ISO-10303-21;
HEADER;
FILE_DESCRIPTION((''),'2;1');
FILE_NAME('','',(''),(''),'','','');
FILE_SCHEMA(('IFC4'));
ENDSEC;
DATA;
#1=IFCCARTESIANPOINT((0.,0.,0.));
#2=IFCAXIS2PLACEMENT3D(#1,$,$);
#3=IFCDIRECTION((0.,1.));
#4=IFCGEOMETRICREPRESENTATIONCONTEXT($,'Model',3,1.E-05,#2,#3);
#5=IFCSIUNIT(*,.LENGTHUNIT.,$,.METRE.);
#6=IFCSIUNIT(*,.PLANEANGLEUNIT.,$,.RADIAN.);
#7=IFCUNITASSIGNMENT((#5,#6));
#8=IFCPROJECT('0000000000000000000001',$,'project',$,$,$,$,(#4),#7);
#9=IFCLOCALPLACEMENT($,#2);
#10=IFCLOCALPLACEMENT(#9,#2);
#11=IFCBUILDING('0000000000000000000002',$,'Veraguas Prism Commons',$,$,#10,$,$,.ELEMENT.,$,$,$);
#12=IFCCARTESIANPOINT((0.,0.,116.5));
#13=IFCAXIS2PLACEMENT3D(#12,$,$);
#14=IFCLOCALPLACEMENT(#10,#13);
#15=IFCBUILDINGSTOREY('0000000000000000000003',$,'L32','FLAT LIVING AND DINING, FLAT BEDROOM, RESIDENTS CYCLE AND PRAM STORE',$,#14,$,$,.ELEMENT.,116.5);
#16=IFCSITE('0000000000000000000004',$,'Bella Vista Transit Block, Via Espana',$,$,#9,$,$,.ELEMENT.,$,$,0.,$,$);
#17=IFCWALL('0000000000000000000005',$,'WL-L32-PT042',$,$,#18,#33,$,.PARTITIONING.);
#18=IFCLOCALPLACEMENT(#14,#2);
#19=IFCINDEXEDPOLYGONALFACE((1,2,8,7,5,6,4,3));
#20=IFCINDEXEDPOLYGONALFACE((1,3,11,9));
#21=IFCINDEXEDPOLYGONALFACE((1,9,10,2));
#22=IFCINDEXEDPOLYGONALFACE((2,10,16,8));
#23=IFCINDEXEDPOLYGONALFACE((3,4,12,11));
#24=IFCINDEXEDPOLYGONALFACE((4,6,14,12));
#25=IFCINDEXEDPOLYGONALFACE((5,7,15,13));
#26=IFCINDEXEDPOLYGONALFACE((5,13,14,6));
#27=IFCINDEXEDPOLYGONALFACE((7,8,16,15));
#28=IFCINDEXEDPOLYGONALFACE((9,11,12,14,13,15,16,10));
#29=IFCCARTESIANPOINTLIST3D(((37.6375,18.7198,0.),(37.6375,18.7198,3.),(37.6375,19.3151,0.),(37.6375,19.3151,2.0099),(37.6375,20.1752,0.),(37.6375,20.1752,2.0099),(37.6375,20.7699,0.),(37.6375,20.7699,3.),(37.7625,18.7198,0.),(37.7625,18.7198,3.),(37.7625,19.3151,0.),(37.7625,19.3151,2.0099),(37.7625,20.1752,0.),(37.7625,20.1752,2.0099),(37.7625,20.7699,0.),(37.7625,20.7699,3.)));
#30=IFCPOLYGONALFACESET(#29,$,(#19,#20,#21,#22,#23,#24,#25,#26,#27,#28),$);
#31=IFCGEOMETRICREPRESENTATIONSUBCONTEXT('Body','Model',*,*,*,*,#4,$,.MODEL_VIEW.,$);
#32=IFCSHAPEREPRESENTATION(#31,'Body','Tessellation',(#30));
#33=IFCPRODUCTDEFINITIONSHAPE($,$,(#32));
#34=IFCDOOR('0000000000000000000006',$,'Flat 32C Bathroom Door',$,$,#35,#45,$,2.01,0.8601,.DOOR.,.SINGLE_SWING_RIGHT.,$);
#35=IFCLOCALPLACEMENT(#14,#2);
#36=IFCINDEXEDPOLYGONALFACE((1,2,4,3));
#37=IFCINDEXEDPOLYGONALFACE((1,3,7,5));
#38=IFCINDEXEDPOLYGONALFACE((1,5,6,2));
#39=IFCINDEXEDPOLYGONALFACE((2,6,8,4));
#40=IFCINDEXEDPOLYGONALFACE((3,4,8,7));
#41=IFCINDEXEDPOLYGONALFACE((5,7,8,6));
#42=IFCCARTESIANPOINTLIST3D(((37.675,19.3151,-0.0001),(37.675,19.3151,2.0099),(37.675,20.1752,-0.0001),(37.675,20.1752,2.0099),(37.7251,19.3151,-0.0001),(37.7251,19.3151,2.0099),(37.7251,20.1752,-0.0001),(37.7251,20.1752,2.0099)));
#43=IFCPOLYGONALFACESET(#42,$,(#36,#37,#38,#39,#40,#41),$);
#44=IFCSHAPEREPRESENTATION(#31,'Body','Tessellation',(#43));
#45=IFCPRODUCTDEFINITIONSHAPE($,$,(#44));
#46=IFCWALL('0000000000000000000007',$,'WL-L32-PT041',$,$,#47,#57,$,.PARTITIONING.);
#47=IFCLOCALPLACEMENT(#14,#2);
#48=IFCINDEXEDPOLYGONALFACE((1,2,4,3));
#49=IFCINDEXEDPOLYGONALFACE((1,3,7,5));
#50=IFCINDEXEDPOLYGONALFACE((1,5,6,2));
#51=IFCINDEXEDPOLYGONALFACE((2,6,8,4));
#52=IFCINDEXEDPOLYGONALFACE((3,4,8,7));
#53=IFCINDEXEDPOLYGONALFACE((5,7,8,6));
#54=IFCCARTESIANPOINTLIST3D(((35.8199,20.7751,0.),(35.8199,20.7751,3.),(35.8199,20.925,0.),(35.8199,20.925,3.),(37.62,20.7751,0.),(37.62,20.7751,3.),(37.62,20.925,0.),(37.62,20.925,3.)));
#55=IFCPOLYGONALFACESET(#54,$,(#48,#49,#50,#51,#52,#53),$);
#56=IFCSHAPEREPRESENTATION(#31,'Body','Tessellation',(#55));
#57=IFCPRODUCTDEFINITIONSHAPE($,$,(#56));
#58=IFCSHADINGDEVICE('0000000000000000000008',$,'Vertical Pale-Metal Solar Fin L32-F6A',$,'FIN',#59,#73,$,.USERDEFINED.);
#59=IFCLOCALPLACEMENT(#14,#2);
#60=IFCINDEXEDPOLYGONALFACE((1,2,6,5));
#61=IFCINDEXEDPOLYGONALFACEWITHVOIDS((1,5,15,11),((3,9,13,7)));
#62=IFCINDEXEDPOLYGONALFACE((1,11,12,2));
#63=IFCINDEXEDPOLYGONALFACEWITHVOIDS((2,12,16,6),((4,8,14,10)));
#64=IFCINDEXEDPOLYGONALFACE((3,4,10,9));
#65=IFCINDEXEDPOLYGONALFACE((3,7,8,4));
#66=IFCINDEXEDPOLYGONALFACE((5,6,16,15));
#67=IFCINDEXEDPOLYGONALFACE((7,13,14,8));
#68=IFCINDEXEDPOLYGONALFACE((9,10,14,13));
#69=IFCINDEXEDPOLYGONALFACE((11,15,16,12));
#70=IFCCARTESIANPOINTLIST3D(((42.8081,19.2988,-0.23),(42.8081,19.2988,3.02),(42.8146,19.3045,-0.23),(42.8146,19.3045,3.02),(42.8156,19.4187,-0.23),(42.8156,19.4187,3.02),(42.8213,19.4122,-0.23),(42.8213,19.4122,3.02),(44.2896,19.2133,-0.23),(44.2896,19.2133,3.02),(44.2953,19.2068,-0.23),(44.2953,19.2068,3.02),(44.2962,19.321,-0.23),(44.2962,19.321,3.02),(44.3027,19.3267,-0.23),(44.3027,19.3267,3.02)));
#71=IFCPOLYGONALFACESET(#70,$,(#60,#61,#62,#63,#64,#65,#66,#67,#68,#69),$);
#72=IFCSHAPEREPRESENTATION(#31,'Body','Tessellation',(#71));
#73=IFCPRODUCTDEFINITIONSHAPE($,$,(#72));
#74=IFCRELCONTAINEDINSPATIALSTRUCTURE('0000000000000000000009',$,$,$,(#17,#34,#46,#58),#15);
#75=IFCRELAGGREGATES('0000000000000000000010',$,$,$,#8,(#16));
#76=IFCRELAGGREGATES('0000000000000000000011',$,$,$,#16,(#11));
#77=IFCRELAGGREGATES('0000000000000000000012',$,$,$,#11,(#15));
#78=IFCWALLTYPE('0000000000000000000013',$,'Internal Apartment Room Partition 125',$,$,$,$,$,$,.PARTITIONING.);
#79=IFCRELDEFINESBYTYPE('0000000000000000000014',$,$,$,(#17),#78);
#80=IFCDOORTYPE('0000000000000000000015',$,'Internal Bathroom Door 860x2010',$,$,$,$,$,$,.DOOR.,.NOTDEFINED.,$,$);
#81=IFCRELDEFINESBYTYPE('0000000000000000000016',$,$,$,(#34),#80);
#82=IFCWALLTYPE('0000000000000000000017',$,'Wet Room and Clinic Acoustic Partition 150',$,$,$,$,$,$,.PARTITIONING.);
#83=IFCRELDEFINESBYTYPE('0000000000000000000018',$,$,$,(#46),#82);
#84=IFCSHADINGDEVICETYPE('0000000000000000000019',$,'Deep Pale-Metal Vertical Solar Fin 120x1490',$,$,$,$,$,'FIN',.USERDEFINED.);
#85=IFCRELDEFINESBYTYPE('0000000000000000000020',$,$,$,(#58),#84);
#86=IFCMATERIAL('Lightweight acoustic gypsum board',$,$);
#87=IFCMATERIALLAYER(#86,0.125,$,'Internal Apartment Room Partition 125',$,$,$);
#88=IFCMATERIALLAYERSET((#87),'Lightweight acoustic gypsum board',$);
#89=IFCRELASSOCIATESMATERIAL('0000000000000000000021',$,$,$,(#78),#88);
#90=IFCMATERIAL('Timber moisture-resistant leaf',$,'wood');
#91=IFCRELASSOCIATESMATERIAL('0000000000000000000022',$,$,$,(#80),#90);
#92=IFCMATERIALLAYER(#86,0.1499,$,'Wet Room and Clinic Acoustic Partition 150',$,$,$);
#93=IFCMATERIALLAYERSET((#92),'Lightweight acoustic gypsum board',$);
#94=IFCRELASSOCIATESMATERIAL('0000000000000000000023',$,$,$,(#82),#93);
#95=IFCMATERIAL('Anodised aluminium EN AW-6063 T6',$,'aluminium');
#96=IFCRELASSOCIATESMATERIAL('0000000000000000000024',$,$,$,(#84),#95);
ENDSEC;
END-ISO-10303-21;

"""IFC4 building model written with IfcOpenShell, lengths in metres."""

from ifc_helpers import new_model, si_unit, direction, frame, frame_2d, origin, origin_2d, place, context, subcontext, project, spatial, rectangle, hollow_rectangle, extrude, source, transform, mapped, material, layer, layer_set, material_profile, profile_set, type_object, element, fill, save


model = new_model("IFC4")

# Units and contexts
model_context = context("Model", 3, precision=1e-05, world=origin(), true_north=direction((0.0, 1.0)))
body_context = subcontext(model_context, "Body", "Model", "MODEL_VIEW")
ifc_project = project(units=[si_unit("LENGTHUNIT", "METRE"), si_unit("PLANEANGLEUNIT", "RADIAN")], contexts=[model_context])

# Site, building, storey
site_placement = place(None, origin())
site = spatial("IfcSite", under=ifc_project, at=site_placement, Name="Bella Vista Transit Block, Via Espana", CompositionType="ELEMENT", RefElevation=0.0)
building_placement = place(site_placement, origin())
building = spatial("IfcBuilding", under=site, at=building_placement, Name="Veraguas Prism Commons", CompositionType="ELEMENT")
storey_placement = place(building_placement, frame((0.0, 0.0, 116.5)))
storey = spatial("IfcBuildingStorey", under=building, at=storey_placement, Name="L32", Description="FLAT LIVING AND DINING, FLAT BEDROOM, RESIDENTS CYCLE AND PRAM STORE", CompositionType="ELEMENT", Elevation=116.5)

# Shared definitions
ifc_material_1 = material(Name="Anodised aluminium EN AW-6063 T6", Category="aluminium")

# Wall, opening, door
ifc_material_2 = material(Name="Lightweight acoustic gypsum board")
ifc_layer_1 = layer(ifc_material_2, 0.125, Name="Internal Apartment Room Partition 125")
ifc_layer_set_1 = layer_set([ifc_layer_1], Name="Lightweight acoustic gypsum board")
wall_type_1 = type_object("IfcWallType", Name="Internal Apartment Room Partition 125", PredefinedType="PARTITIONING", material=ifc_layer_set_1)
wall_1_placement = place(storey_placement, frame((37.7, 18.72, 0.0), z_axis=(0.0, 0.0, 1.0), x_axis=(0.0, 1.0, 0.0)))
wall_1 = element("IfcWall", 1, at=wall_1_placement, inside=storey, type_object=wall_type_1, Name="WL-L32-PT042", PredefinedType="PARTITIONING", context=body_context, shape_type="SweptSolid", body=[
    extrude(rectangle(XDim=2.05, YDim=0.125, at=frame_2d((1.0249, 0.0))), origin(), (0.0, 0.0, 1.0), 3.0),
])
opening_1_placement = place(wall_1_placement, frame((0.595, 0.0, 0.0)))
opening_1 = element("IfcOpeningElement", 2, at=opening_1_placement, cuts=wall_1, PredefinedType="OPENING", context=body_context, shape_type="SweptSolid", body=[
    extrude(rectangle(XDim=0.8601, YDim=2.01, at=frame_2d((0.4302, 1.0049))), frame((0.0, 0.0725, 0.0), z_axis=(0.0, -1.0, 0.0), x_axis=(1.0, 0.0, 0.0)), (0.0, 0.0, 1.0), 0.145),
])
ifc_material_3 = material(Name="Timber moisture-resistant leaf", Category="wood")
door_type_1 = type_object("IfcDoorType", Name="Internal Bathroom Door 860x2010", OperationType="NOTDEFINED", PredefinedType="DOOR", material=ifc_material_3)
shared_shape_1 = source(origin(), body_context, "Body", "SweptSolid", [
    extrude(rectangle(XDim=0.8601, YDim=2.01, at=frame_2d((0.4302, 1.0049))), frame((0.0, 0.0249, 0.0), z_axis=(0.0, -1.0, 0.0), x_axis=(1.0, 0.0, 0.0)), (0.0, 0.0, 1.0), 0.05),
])
door_1_placement = place(opening_1_placement, origin())
door_1 = element("IfcDoor", 3, at=door_1_placement, inside=storey, type_object=door_type_1, Name="Flat 32C Bathroom Door", OperationType="SINGLE_SWING_RIGHT", OverallHeight=2.01, OverallWidth=0.8601, PredefinedType="DOOR", context=body_context, shape_type="MappedRepresentation", body=[
    mapped(shared_shape_1, transform((0.0, 0.0, 0.0), scale=1.0)),
])
fill(opening_1, door_1)

# Wall
ifc_layer_2 = layer(ifc_material_2, 0.1499, Name="Wet Room and Clinic Acoustic Partition 150")
ifc_layer_set_2 = layer_set([ifc_layer_2], Name="Lightweight acoustic gypsum board")
wall_type_2 = type_object("IfcWallType", Name="Wet Room and Clinic Acoustic Partition 150", PredefinedType="PARTITIONING", material=ifc_layer_set_2)
wall_2_placement = place(storey_placement, frame((35.8201, 20.8501, 0.0), z_axis=(0.0, 0.0, 1.0), x_axis=(1.0, 0.0, 0.0)))
element("IfcWall", 4, at=wall_2_placement, inside=storey, type_object=wall_type_2, Name="WL-L32-PT041", PredefinedType="PARTITIONING", context=body_context, shape_type="SweptSolid", body=[
    extrude(rectangle(XDim=1.8, YDim=0.1499, at=frame_2d((0.8999, 0.0))), origin(), (0.0, 0.0, 1.0), 3.0),
])

# Shading device
ifc_material_profile_1 = material_profile(ifc_material_1, hollow_rectangle(XDim=0.1201, YDim=1.49, WallThickness=0.0061, at=origin_2d()), Name="FIN120X1490X6")
ifc_profile_set_1 = profile_set([ifc_material_profile_1], Name="Anodised aluminium EN AW-6063 T6")
shading_device_type = type_object("IfcShadingDeviceType", Name="Deep Pale-Metal Vertical Solar Fin 120x1490", ElementType="FIN", PredefinedType="USERDEFINED", material=ifc_profile_set_1)
shading_device_placement = place(storey_placement, frame((43.5554, 19.3127, -0.23), z_axis=(0.0, 0.0, 1.0), x_axis=(0.061742, 0.998092, 0.0)))
element("IfcShadingDevice", 5, at=shading_device_placement, inside=storey, type_object=shading_device_type, Name="Vertical Pale-Metal Solar Fin L32-F6A", ObjectType="FIN", PredefinedType="USERDEFINED", context=body_context, shape_type="SweptSolid", body=[
    extrude(hollow_rectangle(XDim=0.1201, YDim=1.49, WallThickness=0.0061, at=origin_2d()), origin(), (0.0, 0.0, 1.0), 3.25),
])

save(model, "model.ifc")
